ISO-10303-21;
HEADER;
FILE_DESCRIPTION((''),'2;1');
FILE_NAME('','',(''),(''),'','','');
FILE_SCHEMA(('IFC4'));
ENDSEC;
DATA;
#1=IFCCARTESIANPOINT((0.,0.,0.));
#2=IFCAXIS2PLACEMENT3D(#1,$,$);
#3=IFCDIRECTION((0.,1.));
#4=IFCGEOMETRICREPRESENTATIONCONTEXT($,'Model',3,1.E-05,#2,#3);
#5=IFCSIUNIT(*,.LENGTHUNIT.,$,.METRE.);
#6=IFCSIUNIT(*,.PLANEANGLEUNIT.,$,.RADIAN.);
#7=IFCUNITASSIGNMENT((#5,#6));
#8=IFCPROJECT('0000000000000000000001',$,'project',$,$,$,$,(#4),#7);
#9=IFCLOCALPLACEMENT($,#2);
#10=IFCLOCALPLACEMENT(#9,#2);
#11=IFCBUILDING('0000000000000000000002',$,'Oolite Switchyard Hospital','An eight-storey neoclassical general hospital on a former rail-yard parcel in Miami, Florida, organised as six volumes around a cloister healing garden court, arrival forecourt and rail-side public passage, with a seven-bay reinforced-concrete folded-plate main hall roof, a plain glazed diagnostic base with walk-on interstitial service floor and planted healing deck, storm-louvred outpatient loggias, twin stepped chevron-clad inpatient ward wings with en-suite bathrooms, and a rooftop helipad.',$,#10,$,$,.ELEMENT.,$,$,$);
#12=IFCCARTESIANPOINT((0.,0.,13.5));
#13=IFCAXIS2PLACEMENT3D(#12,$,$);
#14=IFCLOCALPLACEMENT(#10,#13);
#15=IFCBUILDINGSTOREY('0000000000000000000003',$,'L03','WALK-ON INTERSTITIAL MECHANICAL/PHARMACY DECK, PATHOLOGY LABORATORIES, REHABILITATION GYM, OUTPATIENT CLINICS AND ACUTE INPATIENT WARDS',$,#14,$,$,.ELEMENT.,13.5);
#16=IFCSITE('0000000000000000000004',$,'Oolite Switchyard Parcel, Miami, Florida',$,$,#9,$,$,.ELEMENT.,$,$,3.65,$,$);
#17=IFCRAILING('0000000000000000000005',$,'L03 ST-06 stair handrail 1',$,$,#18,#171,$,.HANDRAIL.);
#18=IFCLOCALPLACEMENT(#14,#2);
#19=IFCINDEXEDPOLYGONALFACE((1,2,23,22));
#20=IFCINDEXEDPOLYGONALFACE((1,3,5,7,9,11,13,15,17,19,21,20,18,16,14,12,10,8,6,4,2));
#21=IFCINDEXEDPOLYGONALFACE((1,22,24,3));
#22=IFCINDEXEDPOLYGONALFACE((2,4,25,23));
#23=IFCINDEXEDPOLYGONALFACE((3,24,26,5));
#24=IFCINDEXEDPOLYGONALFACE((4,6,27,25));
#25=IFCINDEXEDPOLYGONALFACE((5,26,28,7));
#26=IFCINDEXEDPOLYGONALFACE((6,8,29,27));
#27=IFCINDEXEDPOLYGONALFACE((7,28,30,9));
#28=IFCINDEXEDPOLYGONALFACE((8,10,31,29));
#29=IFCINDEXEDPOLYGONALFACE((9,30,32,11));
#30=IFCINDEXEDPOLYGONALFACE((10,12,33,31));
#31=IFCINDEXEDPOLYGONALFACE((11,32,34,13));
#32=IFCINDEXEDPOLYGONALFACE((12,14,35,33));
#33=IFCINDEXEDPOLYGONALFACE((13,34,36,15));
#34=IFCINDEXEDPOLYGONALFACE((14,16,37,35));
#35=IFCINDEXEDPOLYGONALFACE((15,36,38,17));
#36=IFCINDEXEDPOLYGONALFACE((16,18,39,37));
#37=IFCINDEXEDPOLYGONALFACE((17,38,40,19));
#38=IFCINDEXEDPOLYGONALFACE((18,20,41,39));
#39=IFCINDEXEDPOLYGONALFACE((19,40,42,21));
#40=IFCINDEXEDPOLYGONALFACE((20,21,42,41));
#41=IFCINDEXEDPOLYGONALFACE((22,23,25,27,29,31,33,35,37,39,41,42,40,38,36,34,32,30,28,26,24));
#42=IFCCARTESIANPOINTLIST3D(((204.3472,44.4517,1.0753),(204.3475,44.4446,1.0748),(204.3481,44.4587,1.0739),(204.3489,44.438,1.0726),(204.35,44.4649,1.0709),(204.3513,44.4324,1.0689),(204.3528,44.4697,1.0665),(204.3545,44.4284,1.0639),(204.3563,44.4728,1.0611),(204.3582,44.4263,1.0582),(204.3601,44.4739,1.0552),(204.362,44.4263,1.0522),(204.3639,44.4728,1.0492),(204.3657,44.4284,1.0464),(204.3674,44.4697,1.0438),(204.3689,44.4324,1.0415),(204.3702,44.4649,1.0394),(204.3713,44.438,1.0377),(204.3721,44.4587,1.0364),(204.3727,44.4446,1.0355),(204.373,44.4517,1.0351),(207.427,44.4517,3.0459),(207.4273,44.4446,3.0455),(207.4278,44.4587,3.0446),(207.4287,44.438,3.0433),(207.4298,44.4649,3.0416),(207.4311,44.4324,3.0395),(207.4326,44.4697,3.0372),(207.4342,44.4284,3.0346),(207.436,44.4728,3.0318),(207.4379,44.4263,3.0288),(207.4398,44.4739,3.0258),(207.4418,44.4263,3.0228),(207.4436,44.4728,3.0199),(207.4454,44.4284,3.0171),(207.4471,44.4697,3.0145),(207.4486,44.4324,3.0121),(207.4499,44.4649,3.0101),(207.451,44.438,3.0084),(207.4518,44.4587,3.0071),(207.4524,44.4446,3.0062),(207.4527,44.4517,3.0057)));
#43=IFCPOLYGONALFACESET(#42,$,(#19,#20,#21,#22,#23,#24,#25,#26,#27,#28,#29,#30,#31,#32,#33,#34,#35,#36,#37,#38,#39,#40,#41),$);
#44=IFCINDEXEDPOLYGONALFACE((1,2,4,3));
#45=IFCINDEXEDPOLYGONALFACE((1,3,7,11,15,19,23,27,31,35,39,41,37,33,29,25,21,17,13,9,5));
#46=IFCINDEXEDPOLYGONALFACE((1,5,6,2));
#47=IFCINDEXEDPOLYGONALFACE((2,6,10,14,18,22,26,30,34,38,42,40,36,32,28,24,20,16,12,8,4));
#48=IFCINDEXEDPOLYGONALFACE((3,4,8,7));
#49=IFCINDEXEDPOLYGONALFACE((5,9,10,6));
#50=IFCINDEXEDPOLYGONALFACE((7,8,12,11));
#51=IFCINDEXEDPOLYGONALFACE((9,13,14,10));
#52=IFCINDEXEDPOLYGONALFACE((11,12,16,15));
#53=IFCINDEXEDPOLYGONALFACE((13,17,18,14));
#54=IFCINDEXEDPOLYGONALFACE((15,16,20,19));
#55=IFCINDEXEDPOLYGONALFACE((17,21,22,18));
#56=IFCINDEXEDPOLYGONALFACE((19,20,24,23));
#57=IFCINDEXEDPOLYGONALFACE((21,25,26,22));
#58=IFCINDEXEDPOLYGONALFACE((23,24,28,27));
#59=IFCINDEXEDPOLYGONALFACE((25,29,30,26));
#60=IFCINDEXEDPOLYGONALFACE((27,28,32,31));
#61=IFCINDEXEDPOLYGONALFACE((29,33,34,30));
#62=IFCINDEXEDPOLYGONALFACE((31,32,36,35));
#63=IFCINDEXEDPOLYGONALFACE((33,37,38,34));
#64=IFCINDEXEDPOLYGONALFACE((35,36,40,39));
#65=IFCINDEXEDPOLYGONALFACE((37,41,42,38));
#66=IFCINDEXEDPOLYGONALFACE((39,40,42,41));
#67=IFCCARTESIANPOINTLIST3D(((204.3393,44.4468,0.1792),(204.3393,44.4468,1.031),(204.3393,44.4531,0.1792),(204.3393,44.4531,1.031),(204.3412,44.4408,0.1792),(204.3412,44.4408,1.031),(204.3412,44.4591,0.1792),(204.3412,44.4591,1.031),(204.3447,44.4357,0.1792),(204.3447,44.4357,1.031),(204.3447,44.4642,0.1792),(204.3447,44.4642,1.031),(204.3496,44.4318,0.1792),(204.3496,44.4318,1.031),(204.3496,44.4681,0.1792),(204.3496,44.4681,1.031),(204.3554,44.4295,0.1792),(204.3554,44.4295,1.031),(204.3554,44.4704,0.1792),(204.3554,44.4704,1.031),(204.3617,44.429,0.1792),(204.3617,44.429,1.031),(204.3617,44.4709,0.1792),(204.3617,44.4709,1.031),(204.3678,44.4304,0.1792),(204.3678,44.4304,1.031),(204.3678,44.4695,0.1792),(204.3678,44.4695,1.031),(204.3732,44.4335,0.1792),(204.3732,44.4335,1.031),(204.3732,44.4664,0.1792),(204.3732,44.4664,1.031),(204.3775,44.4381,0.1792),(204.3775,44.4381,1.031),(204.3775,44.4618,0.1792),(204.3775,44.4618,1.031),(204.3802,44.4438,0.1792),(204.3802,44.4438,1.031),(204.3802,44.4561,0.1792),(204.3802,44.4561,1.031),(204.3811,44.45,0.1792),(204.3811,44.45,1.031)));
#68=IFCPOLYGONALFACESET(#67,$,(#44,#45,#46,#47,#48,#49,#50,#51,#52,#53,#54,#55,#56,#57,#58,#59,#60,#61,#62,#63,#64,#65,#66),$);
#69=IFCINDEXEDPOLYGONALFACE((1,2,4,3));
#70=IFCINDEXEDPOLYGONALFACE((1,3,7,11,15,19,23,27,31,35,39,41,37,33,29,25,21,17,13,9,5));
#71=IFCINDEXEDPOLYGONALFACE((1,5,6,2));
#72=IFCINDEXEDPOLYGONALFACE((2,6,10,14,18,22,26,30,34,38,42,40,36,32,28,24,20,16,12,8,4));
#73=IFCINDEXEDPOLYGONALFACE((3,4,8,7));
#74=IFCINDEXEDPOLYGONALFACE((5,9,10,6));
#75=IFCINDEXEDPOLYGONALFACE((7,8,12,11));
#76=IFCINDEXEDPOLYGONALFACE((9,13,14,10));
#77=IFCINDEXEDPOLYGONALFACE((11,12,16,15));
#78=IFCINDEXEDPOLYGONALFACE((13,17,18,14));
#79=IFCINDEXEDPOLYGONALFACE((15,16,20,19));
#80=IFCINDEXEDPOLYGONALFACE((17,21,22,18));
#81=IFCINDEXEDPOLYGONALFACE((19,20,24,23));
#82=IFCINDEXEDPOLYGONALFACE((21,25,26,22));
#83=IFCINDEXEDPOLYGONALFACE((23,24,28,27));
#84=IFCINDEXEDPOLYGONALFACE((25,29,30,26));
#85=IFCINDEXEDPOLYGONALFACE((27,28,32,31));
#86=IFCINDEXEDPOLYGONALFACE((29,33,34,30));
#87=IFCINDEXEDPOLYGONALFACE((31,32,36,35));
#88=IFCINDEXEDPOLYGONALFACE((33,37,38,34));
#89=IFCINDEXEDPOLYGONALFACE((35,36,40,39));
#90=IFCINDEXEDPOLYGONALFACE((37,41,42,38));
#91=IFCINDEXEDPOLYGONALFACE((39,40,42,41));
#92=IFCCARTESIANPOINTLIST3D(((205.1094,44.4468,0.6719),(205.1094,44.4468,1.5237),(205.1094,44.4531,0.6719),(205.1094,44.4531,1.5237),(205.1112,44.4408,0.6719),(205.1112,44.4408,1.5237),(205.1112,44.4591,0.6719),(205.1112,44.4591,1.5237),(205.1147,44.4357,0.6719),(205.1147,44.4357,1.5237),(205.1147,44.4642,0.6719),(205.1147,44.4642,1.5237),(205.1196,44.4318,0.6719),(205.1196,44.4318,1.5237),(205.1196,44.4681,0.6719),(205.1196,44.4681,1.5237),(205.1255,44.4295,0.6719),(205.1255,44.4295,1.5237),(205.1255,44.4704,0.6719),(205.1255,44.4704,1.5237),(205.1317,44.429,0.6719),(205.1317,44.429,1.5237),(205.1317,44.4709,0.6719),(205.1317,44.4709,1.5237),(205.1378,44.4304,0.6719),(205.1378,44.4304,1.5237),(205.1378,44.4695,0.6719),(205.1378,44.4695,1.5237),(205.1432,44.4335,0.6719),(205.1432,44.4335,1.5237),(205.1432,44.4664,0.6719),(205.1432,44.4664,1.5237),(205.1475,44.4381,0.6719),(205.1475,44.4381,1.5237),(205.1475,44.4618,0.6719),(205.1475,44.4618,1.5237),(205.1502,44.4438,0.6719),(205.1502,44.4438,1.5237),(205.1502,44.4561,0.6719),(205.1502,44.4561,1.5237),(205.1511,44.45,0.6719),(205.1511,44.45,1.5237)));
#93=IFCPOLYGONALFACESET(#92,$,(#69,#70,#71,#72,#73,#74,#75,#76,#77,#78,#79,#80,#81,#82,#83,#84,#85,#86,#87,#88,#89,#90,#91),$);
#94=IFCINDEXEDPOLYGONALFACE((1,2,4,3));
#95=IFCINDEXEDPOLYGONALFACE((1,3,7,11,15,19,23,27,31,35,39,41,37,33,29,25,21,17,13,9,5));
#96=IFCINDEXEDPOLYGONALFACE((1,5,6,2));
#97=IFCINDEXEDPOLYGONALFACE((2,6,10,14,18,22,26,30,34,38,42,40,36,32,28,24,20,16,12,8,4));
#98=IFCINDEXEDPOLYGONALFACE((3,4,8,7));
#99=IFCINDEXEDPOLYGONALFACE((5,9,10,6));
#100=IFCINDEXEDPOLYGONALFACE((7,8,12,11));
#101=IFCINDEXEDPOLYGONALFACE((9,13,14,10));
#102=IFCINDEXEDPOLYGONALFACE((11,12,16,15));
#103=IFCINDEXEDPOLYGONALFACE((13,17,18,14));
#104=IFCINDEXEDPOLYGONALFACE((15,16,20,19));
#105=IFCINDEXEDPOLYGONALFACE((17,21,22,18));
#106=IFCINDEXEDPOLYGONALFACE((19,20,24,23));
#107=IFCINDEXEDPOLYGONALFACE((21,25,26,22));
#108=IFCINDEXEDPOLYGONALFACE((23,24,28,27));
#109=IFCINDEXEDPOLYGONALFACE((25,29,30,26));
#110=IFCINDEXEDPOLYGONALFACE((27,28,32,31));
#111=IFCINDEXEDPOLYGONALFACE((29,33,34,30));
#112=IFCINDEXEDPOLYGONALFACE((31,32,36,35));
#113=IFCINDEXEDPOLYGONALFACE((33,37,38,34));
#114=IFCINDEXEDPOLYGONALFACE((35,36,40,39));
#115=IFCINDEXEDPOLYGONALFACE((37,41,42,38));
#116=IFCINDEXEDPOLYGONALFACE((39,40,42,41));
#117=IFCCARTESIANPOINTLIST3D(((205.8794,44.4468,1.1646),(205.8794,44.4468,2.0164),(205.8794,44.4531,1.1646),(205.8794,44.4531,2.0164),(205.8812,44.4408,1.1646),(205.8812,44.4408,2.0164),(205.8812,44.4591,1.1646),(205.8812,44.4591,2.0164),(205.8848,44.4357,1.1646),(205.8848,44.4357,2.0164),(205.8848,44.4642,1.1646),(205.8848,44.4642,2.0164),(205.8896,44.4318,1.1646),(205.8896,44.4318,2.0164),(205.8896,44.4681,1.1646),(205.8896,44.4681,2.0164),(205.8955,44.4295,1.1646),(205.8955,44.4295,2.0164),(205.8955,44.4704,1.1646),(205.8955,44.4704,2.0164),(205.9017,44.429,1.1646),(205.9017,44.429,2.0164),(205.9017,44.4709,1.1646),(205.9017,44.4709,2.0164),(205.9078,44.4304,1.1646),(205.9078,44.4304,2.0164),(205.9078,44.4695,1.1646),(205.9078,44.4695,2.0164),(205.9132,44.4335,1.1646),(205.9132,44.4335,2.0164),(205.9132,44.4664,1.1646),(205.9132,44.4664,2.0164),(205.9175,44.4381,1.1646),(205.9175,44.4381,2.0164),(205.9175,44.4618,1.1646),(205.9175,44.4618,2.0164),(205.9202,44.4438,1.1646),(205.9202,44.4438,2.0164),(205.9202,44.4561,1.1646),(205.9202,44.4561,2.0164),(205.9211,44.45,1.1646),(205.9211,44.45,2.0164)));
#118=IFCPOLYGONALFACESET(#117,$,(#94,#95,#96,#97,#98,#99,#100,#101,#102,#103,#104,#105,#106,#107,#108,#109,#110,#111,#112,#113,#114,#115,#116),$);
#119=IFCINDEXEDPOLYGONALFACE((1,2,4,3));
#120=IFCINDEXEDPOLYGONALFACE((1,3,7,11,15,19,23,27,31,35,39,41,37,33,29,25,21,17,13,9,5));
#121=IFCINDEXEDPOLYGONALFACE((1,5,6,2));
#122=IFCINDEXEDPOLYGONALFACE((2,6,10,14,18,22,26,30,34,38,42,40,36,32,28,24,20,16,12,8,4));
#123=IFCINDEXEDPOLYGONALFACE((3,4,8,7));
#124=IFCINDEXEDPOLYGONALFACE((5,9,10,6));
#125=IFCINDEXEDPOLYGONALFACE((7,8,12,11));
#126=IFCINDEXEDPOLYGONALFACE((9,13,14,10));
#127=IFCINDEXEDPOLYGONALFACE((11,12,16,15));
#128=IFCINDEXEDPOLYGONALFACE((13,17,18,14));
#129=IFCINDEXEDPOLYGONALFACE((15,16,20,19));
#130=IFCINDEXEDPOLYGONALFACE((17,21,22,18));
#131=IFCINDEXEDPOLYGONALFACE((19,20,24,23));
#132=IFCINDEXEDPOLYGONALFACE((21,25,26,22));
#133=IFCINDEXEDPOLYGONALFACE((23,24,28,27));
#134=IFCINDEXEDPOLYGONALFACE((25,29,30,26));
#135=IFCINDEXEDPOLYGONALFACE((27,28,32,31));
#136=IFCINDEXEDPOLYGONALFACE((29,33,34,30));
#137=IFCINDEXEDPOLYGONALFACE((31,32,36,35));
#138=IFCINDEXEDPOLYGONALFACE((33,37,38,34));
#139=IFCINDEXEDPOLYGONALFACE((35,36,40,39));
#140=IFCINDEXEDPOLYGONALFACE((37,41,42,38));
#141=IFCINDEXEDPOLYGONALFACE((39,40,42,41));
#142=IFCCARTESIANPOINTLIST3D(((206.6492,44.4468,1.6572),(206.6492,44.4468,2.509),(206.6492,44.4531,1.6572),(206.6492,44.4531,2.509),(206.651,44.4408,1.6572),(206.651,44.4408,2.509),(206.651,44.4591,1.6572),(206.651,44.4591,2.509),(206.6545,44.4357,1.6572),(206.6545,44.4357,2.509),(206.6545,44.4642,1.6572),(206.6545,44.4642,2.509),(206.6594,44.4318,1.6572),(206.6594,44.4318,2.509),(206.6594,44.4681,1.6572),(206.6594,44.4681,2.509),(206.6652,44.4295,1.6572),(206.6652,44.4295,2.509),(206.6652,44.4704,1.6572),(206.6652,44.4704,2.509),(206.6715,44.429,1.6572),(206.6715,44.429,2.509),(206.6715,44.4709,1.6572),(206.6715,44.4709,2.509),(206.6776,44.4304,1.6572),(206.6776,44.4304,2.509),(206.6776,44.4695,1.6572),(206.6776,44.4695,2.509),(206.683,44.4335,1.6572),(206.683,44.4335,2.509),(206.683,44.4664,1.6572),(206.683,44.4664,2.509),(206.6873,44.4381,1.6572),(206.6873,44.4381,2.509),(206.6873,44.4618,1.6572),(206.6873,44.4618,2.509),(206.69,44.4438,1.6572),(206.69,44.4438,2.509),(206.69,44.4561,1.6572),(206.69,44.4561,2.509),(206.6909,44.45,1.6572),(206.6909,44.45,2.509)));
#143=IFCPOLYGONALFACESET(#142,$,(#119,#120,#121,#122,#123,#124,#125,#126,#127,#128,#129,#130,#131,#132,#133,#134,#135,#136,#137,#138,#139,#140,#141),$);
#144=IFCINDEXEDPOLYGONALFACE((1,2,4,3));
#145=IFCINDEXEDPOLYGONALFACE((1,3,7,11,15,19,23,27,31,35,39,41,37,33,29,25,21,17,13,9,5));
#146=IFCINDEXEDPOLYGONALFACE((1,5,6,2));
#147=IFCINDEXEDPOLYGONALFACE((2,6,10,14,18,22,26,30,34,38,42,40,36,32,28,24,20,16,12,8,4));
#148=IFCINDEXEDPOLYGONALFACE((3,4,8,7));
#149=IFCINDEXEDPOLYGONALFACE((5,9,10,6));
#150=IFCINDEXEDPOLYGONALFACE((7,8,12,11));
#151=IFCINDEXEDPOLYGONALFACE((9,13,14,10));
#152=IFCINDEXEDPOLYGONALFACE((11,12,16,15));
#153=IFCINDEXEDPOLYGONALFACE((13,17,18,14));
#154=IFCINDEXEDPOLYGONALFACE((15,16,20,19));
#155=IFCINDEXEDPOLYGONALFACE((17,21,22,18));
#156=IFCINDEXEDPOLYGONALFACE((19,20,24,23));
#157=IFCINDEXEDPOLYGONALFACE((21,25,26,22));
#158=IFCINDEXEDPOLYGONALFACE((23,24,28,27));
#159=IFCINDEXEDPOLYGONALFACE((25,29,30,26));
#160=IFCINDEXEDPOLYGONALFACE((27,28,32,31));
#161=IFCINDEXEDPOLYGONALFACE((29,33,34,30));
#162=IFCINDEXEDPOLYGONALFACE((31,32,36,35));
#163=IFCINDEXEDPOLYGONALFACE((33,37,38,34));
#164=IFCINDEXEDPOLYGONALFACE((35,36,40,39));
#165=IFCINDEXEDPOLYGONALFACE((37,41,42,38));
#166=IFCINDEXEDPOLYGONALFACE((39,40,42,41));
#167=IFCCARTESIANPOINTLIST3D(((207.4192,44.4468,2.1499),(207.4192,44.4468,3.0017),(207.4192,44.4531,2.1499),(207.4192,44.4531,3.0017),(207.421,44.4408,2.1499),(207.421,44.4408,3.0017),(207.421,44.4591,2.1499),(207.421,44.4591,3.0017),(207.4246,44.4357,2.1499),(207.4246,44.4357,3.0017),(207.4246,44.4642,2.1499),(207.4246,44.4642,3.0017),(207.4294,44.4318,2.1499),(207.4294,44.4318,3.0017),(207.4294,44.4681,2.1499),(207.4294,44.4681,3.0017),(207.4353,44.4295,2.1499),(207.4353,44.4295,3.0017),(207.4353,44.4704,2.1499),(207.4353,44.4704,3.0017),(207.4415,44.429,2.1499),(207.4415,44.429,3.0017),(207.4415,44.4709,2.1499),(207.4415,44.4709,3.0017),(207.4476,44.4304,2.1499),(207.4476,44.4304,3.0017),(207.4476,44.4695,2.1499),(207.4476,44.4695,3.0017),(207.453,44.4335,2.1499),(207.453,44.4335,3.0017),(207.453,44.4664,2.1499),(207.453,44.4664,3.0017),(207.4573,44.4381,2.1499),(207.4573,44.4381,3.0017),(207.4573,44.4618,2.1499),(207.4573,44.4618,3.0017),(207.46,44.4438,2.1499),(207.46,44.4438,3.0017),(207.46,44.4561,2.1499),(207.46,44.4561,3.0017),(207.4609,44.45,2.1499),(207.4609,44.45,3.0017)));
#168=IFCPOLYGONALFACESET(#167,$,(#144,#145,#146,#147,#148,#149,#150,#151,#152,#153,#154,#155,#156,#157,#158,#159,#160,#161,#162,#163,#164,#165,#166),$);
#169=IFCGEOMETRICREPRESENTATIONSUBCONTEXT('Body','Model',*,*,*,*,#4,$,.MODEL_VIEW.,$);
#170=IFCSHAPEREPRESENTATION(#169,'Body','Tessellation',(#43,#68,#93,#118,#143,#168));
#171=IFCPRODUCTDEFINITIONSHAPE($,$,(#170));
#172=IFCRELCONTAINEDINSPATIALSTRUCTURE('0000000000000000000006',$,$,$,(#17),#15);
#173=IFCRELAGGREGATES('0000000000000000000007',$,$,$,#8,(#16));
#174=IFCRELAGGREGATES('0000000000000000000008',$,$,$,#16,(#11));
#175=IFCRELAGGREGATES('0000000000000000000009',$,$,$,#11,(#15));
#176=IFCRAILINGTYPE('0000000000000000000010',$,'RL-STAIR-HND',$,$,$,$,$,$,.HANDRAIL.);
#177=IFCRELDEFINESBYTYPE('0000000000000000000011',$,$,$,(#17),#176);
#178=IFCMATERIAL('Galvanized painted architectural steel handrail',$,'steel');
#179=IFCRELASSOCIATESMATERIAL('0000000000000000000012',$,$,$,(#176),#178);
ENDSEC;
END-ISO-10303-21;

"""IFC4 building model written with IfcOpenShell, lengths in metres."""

from ifc_helpers import new_model, si_unit, direction, frame, origin, origin_2d, place, context, subcontext, project, spatial, circle, extrude, material, type_object, element, save


model = new_model("IFC4")

# Units and contexts
model_context = context("Model", 3, precision=1e-05, world=origin(), true_north=direction((0.0, 1.0)))
body_context = subcontext(model_context, "Body", "Model", "MODEL_VIEW")
ifc_project = project(units=[si_unit("LENGTHUNIT", "METRE"), si_unit("PLANEANGLEUNIT", "RADIAN")], contexts=[model_context])

# Site, building, storey
site_placement = place(None, origin())
site = spatial("IfcSite", under=ifc_project, at=site_placement, Name="Oolite Switchyard Parcel, Miami, Florida", CompositionType="ELEMENT", RefElevation=3.65)
building_placement = place(site_placement, origin())
building = spatial("IfcBuilding", under=site, at=building_placement, Name="Oolite Switchyard Hospital", Description="An eight-storey neoclassical general hospital on a former rail-yard parcel in Miami, Florida, organised as six volumes around a cloister healing garden court, arrival forecourt and rail-side public passage, with a seven-bay reinforced-concrete folded-plate main hall roof, a plain glazed diagnostic base with walk-on interstitial service floor and planted healing deck, storm-louvred outpatient loggias, twin stepped chevron-clad inpatient ward wings with en-suite bathrooms, and a rooftop helipad.", CompositionType="ELEMENT")
storey_placement = place(building_placement, frame((0.0, 0.0, 13.5)))
storey = spatial("IfcBuildingStorey", under=building, at=storey_placement, Name="L03", Description="WALK-ON INTERSTITIAL MECHANICAL/PHARMACY DECK, PATHOLOGY LABORATORIES, REHABILITATION GYM, OUTPATIENT CLINICS AND ACUTE INPATIENT WARDS", CompositionType="ELEMENT", Elevation=13.5)

# Railing
ifc_material_1 = material(Name="Galvanized painted architectural steel handrail", Category="steel")
railing_type_1 = type_object("IfcRailingType", Name="RL-STAIR-HND", PredefinedType="HANDRAIL", material=ifc_material_1)
railing_1_placement = place(storey_placement, frame((204.3601, 44.45, 0.1792)))
element("IfcRailing", 1, at=railing_1_placement, inside=storey, type_object=railing_type_1, Name="L03 ST-06 stair handrail 1", PredefinedType="HANDRAIL", context=body_context, shape_type="SweptSolid", body=[
    extrude(circle(Radius=0.0239, at=origin_2d()), frame((0.0, 0.0, 0.876), z_axis=(0.84232, 0.0, 0.538978), x_axis=(0.0, 1.0, 0.0)), (0.0, 0.0, 1.0), 3.6562),
    extrude(circle(Radius=0.021, at=origin_2d()), origin(), (0.0, 0.0, 1.0), 0.8518),
    extrude(circle(Radius=0.021, at=origin_2d()), frame((0.77, 0.0, 0.4927)), (0.0, 0.0, 1.0), 0.8518),
    extrude(circle(Radius=0.021, at=origin_2d()), frame((1.54, 0.0, 0.9854)), (0.0, 0.0, 1.0), 0.8518),
    extrude(circle(Radius=0.021, at=origin_2d()), frame((2.3098, 0.0, 1.478)), (0.0, 0.0, 1.0), 0.8518),
    extrude(circle(Radius=0.021, at=origin_2d()), frame((3.0798, 0.0, 1.9707)), (0.0, 0.0, 1.0), 0.8518),
])

save(model, "model.ifc")
